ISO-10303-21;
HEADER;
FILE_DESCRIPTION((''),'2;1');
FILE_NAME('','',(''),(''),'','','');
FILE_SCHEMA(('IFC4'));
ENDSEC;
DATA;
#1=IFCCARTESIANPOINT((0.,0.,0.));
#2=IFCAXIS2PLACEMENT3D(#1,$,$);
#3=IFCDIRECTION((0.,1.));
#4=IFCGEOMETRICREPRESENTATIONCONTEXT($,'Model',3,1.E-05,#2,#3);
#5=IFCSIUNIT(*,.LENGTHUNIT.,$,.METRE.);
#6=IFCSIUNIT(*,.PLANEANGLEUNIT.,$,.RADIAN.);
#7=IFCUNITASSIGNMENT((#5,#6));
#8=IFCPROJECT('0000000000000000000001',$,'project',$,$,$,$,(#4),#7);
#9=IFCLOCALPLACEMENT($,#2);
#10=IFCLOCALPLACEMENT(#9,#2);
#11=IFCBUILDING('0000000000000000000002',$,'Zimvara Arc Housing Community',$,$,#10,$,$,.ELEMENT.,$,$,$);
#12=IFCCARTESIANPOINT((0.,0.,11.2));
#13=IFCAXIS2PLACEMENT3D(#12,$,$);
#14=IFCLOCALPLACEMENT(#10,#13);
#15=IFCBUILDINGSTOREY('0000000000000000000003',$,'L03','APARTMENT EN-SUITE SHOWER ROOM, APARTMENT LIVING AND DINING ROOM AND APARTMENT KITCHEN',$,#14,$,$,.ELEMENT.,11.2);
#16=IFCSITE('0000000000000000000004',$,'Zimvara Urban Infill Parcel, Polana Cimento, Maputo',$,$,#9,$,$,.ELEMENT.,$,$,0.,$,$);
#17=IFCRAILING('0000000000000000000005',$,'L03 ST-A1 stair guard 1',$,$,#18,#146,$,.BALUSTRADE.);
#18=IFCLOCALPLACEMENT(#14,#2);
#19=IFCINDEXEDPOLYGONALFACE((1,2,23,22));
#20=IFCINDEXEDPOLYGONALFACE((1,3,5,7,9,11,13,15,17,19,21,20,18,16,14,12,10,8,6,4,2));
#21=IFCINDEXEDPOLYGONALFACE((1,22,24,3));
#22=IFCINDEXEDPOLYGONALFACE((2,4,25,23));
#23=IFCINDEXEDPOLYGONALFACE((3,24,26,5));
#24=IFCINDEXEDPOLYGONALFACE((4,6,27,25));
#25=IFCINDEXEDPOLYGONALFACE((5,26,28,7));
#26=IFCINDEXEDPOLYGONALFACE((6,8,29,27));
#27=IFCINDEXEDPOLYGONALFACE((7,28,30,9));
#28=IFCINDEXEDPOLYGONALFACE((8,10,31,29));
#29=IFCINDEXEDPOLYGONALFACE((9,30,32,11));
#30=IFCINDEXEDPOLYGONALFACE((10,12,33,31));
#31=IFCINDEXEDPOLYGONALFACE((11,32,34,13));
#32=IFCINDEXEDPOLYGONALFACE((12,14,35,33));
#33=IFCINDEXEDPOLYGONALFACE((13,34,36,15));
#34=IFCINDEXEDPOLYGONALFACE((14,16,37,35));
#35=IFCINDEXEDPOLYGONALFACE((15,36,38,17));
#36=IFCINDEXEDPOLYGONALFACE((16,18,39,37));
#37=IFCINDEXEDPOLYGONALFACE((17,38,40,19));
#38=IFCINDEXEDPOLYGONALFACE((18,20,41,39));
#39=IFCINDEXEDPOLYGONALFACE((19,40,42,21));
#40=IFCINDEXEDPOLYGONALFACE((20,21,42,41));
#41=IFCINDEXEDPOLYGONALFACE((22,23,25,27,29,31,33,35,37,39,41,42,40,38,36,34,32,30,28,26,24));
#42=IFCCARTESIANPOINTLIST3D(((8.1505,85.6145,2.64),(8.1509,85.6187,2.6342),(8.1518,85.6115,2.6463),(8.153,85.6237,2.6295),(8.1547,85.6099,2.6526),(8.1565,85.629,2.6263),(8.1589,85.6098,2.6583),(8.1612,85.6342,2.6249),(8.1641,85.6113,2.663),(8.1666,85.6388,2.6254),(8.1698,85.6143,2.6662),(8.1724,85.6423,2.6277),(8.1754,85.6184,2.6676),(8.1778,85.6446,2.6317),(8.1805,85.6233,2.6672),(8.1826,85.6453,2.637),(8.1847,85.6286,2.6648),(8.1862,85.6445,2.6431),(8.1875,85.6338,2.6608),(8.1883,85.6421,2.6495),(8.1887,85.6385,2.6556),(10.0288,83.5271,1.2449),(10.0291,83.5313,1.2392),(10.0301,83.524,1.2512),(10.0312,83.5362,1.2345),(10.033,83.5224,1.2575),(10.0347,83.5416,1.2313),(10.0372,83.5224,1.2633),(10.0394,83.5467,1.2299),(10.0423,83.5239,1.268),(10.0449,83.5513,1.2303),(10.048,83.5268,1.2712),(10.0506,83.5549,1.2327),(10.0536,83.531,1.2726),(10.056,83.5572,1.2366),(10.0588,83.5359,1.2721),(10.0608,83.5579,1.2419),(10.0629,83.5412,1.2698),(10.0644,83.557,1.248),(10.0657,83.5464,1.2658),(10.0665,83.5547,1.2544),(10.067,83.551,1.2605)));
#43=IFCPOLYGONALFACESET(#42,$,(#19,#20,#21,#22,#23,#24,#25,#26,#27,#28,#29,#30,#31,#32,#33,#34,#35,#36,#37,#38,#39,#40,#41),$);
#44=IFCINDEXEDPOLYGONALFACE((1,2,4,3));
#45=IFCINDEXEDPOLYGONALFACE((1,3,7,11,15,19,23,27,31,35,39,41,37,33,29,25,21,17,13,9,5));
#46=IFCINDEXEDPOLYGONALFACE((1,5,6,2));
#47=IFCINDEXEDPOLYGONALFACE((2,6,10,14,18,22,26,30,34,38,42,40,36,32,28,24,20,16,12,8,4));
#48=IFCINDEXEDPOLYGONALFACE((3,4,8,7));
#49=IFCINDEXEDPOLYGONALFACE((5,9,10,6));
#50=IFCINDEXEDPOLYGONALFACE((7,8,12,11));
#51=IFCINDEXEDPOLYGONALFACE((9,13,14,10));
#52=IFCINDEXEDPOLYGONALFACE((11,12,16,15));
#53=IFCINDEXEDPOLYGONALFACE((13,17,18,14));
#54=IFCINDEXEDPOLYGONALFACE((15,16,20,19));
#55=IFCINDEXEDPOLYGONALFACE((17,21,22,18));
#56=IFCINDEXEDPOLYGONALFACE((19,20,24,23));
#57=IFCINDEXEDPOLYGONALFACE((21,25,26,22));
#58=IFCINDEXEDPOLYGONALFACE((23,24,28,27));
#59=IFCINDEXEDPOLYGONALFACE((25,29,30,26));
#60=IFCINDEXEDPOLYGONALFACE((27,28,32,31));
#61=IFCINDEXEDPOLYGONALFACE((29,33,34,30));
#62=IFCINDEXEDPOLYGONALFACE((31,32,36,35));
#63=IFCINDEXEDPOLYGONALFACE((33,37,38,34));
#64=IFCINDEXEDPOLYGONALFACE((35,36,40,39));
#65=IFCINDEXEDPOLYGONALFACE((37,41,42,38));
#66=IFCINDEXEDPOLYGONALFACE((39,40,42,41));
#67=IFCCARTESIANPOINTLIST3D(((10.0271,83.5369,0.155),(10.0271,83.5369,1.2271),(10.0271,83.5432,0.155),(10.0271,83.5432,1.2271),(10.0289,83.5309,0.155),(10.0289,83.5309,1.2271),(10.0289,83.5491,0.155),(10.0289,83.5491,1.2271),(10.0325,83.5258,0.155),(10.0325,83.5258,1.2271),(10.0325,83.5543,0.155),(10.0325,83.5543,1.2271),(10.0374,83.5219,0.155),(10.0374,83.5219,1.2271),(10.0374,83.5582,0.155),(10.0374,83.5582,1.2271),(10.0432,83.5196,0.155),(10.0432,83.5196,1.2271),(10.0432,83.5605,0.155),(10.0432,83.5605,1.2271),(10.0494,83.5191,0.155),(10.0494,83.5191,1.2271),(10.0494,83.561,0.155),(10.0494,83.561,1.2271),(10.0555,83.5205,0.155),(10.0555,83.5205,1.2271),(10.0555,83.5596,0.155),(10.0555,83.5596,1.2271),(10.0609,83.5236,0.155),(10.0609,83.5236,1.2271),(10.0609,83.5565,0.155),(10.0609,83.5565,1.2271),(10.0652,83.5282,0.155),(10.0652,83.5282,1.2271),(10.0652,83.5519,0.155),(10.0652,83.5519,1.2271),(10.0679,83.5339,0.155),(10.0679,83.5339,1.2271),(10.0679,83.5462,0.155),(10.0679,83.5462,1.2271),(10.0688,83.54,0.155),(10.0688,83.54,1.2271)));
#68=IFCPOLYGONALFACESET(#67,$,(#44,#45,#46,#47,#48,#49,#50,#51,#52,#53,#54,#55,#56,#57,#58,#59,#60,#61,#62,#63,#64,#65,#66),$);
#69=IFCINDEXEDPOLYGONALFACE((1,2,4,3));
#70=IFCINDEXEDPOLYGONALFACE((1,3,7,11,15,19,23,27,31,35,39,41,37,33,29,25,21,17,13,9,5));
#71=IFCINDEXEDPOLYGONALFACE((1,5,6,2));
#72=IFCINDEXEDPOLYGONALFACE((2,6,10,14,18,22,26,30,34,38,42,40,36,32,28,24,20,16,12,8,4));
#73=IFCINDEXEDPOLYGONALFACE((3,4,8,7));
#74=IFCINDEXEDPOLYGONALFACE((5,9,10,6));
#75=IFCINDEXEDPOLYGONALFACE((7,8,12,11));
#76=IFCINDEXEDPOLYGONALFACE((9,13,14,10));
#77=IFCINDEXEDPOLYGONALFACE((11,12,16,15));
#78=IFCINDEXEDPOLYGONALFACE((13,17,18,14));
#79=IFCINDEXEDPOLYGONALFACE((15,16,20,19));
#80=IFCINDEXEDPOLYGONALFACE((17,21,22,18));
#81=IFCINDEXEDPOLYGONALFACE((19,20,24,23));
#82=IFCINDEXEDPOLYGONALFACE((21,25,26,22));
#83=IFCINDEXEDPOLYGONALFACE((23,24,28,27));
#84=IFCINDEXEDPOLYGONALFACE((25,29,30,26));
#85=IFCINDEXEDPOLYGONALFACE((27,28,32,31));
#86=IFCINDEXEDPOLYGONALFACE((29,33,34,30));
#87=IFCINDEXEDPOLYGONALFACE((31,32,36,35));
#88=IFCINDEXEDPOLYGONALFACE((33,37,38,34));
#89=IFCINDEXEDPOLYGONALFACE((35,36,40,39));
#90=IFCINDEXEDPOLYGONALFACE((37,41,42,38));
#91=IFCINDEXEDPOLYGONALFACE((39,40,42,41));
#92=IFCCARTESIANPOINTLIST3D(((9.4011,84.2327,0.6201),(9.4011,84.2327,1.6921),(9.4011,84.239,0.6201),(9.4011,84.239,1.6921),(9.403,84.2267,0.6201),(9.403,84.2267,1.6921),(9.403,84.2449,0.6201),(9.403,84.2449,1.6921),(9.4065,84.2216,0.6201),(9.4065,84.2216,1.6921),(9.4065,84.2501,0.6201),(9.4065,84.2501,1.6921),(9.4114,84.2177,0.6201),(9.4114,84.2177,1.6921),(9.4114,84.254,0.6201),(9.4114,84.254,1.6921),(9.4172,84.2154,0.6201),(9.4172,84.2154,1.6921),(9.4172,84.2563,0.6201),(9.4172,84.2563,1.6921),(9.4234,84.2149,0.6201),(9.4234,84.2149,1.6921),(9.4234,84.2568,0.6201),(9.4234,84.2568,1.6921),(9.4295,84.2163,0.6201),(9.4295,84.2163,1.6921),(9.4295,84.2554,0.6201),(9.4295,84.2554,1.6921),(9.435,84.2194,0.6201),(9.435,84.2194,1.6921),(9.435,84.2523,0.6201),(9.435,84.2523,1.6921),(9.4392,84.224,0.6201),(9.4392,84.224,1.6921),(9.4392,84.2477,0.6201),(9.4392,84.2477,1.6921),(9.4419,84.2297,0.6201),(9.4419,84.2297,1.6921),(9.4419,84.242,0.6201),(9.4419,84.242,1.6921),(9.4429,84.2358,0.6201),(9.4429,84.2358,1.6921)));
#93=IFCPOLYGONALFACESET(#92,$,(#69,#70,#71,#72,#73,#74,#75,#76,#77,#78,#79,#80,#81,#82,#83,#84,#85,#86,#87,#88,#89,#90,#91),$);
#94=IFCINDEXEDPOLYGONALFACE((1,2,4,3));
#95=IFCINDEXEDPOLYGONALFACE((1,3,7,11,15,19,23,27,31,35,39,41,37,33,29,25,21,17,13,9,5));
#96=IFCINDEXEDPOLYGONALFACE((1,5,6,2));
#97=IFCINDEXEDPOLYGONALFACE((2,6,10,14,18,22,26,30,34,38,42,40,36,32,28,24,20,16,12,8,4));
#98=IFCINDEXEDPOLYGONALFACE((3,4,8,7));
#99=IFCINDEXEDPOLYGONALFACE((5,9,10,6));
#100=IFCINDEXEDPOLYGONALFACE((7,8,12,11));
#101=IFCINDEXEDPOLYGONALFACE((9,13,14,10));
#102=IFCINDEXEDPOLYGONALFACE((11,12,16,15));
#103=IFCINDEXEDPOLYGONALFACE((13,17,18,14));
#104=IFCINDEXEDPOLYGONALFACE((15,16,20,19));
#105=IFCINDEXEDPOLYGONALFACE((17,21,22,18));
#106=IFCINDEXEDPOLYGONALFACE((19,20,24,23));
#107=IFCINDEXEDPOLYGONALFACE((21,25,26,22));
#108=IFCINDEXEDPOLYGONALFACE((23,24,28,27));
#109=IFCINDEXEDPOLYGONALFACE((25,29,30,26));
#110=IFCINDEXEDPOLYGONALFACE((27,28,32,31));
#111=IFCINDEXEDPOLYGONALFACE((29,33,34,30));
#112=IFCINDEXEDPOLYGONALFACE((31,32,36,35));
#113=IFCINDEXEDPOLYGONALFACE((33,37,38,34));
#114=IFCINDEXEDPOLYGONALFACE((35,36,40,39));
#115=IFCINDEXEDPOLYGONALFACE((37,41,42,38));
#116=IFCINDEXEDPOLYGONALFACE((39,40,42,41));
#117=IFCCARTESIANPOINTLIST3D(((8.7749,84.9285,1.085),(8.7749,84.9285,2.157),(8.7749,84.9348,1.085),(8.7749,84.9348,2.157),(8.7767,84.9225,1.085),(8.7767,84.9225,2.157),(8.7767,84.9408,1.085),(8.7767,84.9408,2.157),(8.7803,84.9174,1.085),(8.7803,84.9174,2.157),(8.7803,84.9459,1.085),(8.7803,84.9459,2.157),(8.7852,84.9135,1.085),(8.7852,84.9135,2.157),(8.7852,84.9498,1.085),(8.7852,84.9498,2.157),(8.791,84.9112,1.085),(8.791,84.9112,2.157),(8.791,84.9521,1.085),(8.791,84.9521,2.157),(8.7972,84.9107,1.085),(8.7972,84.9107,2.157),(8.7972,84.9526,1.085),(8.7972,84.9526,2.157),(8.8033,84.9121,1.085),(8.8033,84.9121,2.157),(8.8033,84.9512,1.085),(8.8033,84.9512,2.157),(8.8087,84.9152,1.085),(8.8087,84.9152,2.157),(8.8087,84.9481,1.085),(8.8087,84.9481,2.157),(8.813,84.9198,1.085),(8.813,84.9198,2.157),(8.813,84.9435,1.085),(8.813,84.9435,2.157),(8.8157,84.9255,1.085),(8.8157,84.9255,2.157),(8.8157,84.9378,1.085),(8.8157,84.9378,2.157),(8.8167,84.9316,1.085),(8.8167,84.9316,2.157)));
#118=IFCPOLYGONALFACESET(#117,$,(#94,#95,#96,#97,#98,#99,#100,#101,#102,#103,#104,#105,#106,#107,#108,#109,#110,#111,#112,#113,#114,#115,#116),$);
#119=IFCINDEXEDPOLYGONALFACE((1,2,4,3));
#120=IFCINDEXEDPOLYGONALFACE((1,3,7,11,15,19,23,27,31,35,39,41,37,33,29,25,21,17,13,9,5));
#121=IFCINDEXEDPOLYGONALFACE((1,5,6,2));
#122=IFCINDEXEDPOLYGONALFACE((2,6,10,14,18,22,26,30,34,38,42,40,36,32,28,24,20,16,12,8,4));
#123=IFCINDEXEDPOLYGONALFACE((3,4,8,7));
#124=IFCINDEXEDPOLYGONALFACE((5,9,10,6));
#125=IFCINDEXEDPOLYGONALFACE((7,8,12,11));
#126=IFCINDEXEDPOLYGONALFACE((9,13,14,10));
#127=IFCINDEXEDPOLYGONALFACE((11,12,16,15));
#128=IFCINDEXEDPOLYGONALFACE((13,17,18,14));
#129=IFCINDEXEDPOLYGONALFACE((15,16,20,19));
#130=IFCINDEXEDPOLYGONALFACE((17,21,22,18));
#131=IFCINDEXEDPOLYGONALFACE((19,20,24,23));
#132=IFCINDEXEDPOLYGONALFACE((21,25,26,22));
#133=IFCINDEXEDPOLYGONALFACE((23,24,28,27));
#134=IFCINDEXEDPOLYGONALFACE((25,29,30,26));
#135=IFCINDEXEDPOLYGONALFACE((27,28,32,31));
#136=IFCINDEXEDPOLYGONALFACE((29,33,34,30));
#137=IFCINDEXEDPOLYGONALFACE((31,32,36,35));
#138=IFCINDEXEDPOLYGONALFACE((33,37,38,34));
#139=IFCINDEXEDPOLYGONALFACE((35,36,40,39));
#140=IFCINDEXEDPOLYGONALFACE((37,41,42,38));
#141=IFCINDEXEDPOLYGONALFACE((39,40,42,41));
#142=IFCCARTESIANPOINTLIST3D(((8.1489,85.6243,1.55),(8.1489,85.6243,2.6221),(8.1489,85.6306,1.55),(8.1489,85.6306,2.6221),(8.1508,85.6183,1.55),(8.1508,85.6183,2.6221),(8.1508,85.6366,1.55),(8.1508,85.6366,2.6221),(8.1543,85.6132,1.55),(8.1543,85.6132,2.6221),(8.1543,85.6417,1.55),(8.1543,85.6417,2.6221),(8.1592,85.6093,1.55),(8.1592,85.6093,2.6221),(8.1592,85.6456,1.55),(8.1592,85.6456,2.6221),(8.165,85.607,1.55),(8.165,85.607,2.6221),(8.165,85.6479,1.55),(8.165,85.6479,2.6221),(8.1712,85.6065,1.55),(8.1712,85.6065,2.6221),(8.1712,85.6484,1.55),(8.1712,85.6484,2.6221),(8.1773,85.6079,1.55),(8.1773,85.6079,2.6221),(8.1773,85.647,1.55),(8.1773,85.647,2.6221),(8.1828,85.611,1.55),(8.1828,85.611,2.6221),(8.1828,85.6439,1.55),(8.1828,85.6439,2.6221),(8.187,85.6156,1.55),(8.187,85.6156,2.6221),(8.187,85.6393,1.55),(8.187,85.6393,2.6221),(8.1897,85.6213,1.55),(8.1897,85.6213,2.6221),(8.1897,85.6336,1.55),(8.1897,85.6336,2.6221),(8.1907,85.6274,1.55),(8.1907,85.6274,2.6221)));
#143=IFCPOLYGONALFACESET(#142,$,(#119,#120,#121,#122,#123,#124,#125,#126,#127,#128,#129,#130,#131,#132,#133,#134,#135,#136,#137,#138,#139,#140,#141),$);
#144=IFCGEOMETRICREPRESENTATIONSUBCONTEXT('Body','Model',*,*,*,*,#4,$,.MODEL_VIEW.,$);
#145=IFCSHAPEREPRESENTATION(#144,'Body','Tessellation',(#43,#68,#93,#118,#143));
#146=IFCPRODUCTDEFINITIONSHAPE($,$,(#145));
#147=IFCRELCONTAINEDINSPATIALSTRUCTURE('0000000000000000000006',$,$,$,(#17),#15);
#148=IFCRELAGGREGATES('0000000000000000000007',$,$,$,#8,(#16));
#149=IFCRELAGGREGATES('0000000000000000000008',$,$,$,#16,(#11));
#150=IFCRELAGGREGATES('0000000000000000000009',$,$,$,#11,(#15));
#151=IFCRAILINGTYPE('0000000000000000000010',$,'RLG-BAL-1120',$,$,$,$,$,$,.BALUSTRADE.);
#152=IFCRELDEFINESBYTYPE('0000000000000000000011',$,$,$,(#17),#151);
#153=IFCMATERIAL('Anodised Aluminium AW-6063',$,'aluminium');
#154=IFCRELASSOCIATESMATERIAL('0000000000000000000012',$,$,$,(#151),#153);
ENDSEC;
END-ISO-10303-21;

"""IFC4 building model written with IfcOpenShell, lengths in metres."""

from ifc_helpers import new_model, si_unit, direction, frame, origin, origin_2d, place, context, subcontext, project, spatial, circle, extrude, material, type_object, element, save


model = new_model("IFC4")

# Units and contexts
model_context = context("Model", 3, precision=1e-05, world=origin(), true_north=direction((0.0, 1.0)))
body_context = subcontext(model_context, "Body", "Model", "MODEL_VIEW")
ifc_project = project(units=[si_unit("LENGTHUNIT", "METRE"), si_unit("PLANEANGLEUNIT", "RADIAN")], contexts=[model_context])

# Site, building, storey
site_placement = place(None, origin())
site = spatial("IfcSite", under=ifc_project, at=site_placement, Name="Zimvara Urban Infill Parcel, Polana Cimento, Maputo", CompositionType="ELEMENT", RefElevation=0.0)
building_placement = place(site_placement, origin())
building = spatial("IfcBuilding", under=site, at=building_placement, Name="Zimvara Arc Housing Community", CompositionType="ELEMENT")
storey_placement = place(building_placement, frame((0.0, 0.0, 11.2)))
storey = spatial("IfcBuildingStorey", under=building, at=storey_placement, Name="L03", Description="APARTMENT EN-SUITE SHOWER ROOM, APARTMENT LIVING AND DINING ROOM AND APARTMENT KITCHEN", CompositionType="ELEMENT", Elevation=11.2)

# Railing
ifc_material_1 = material(Name="Anodised Aluminium AW-6063", Category="aluminium")
railing_type = type_object("IfcRailingType", Name="RLG-BAL-1120", PredefinedType="BALUSTRADE", material=ifc_material_1)
railing_1_placement = place(storey_placement, frame((10.0479, 83.54, 0.155)))
element("IfcRailing", 1, at=railing_1_placement, inside=storey, type_object=railing_type, Name="L03 ST-A1 stair guard 1", PredefinedType="BALUSTRADE", context=body_context, shape_type="SweptSolid", body=[
    extrude(circle(Radius=0.0239, at=origin_2d()), frame((0.0, 0.0, 1.0962), z_axis=(-0.599018, 0.665749, 0.444923), x_axis=(-0.743381, -0.668869, 0.0)), (0.0, 0.0, 1.0), 3.1355),
    extrude(circle(Radius=0.021, at=origin_2d()), origin(), (0.0, 0.0, 1.0), 1.072),
    extrude(circle(Radius=0.021, at=origin_2d()), frame((-0.626, 0.6958, 0.4651)), (0.0, 0.0, 1.0), 1.072),
    extrude(circle(Radius=0.021, at=origin_2d()), frame((-1.2522, 1.3916, 0.9299)), (0.0, 0.0, 1.0), 1.072),
    extrude(circle(Radius=0.021, at=origin_2d()), frame((-1.8782, 2.0874, 1.395)), (0.0, 0.0, 1.0), 1.072),
])

save(model, "model.ifc")
